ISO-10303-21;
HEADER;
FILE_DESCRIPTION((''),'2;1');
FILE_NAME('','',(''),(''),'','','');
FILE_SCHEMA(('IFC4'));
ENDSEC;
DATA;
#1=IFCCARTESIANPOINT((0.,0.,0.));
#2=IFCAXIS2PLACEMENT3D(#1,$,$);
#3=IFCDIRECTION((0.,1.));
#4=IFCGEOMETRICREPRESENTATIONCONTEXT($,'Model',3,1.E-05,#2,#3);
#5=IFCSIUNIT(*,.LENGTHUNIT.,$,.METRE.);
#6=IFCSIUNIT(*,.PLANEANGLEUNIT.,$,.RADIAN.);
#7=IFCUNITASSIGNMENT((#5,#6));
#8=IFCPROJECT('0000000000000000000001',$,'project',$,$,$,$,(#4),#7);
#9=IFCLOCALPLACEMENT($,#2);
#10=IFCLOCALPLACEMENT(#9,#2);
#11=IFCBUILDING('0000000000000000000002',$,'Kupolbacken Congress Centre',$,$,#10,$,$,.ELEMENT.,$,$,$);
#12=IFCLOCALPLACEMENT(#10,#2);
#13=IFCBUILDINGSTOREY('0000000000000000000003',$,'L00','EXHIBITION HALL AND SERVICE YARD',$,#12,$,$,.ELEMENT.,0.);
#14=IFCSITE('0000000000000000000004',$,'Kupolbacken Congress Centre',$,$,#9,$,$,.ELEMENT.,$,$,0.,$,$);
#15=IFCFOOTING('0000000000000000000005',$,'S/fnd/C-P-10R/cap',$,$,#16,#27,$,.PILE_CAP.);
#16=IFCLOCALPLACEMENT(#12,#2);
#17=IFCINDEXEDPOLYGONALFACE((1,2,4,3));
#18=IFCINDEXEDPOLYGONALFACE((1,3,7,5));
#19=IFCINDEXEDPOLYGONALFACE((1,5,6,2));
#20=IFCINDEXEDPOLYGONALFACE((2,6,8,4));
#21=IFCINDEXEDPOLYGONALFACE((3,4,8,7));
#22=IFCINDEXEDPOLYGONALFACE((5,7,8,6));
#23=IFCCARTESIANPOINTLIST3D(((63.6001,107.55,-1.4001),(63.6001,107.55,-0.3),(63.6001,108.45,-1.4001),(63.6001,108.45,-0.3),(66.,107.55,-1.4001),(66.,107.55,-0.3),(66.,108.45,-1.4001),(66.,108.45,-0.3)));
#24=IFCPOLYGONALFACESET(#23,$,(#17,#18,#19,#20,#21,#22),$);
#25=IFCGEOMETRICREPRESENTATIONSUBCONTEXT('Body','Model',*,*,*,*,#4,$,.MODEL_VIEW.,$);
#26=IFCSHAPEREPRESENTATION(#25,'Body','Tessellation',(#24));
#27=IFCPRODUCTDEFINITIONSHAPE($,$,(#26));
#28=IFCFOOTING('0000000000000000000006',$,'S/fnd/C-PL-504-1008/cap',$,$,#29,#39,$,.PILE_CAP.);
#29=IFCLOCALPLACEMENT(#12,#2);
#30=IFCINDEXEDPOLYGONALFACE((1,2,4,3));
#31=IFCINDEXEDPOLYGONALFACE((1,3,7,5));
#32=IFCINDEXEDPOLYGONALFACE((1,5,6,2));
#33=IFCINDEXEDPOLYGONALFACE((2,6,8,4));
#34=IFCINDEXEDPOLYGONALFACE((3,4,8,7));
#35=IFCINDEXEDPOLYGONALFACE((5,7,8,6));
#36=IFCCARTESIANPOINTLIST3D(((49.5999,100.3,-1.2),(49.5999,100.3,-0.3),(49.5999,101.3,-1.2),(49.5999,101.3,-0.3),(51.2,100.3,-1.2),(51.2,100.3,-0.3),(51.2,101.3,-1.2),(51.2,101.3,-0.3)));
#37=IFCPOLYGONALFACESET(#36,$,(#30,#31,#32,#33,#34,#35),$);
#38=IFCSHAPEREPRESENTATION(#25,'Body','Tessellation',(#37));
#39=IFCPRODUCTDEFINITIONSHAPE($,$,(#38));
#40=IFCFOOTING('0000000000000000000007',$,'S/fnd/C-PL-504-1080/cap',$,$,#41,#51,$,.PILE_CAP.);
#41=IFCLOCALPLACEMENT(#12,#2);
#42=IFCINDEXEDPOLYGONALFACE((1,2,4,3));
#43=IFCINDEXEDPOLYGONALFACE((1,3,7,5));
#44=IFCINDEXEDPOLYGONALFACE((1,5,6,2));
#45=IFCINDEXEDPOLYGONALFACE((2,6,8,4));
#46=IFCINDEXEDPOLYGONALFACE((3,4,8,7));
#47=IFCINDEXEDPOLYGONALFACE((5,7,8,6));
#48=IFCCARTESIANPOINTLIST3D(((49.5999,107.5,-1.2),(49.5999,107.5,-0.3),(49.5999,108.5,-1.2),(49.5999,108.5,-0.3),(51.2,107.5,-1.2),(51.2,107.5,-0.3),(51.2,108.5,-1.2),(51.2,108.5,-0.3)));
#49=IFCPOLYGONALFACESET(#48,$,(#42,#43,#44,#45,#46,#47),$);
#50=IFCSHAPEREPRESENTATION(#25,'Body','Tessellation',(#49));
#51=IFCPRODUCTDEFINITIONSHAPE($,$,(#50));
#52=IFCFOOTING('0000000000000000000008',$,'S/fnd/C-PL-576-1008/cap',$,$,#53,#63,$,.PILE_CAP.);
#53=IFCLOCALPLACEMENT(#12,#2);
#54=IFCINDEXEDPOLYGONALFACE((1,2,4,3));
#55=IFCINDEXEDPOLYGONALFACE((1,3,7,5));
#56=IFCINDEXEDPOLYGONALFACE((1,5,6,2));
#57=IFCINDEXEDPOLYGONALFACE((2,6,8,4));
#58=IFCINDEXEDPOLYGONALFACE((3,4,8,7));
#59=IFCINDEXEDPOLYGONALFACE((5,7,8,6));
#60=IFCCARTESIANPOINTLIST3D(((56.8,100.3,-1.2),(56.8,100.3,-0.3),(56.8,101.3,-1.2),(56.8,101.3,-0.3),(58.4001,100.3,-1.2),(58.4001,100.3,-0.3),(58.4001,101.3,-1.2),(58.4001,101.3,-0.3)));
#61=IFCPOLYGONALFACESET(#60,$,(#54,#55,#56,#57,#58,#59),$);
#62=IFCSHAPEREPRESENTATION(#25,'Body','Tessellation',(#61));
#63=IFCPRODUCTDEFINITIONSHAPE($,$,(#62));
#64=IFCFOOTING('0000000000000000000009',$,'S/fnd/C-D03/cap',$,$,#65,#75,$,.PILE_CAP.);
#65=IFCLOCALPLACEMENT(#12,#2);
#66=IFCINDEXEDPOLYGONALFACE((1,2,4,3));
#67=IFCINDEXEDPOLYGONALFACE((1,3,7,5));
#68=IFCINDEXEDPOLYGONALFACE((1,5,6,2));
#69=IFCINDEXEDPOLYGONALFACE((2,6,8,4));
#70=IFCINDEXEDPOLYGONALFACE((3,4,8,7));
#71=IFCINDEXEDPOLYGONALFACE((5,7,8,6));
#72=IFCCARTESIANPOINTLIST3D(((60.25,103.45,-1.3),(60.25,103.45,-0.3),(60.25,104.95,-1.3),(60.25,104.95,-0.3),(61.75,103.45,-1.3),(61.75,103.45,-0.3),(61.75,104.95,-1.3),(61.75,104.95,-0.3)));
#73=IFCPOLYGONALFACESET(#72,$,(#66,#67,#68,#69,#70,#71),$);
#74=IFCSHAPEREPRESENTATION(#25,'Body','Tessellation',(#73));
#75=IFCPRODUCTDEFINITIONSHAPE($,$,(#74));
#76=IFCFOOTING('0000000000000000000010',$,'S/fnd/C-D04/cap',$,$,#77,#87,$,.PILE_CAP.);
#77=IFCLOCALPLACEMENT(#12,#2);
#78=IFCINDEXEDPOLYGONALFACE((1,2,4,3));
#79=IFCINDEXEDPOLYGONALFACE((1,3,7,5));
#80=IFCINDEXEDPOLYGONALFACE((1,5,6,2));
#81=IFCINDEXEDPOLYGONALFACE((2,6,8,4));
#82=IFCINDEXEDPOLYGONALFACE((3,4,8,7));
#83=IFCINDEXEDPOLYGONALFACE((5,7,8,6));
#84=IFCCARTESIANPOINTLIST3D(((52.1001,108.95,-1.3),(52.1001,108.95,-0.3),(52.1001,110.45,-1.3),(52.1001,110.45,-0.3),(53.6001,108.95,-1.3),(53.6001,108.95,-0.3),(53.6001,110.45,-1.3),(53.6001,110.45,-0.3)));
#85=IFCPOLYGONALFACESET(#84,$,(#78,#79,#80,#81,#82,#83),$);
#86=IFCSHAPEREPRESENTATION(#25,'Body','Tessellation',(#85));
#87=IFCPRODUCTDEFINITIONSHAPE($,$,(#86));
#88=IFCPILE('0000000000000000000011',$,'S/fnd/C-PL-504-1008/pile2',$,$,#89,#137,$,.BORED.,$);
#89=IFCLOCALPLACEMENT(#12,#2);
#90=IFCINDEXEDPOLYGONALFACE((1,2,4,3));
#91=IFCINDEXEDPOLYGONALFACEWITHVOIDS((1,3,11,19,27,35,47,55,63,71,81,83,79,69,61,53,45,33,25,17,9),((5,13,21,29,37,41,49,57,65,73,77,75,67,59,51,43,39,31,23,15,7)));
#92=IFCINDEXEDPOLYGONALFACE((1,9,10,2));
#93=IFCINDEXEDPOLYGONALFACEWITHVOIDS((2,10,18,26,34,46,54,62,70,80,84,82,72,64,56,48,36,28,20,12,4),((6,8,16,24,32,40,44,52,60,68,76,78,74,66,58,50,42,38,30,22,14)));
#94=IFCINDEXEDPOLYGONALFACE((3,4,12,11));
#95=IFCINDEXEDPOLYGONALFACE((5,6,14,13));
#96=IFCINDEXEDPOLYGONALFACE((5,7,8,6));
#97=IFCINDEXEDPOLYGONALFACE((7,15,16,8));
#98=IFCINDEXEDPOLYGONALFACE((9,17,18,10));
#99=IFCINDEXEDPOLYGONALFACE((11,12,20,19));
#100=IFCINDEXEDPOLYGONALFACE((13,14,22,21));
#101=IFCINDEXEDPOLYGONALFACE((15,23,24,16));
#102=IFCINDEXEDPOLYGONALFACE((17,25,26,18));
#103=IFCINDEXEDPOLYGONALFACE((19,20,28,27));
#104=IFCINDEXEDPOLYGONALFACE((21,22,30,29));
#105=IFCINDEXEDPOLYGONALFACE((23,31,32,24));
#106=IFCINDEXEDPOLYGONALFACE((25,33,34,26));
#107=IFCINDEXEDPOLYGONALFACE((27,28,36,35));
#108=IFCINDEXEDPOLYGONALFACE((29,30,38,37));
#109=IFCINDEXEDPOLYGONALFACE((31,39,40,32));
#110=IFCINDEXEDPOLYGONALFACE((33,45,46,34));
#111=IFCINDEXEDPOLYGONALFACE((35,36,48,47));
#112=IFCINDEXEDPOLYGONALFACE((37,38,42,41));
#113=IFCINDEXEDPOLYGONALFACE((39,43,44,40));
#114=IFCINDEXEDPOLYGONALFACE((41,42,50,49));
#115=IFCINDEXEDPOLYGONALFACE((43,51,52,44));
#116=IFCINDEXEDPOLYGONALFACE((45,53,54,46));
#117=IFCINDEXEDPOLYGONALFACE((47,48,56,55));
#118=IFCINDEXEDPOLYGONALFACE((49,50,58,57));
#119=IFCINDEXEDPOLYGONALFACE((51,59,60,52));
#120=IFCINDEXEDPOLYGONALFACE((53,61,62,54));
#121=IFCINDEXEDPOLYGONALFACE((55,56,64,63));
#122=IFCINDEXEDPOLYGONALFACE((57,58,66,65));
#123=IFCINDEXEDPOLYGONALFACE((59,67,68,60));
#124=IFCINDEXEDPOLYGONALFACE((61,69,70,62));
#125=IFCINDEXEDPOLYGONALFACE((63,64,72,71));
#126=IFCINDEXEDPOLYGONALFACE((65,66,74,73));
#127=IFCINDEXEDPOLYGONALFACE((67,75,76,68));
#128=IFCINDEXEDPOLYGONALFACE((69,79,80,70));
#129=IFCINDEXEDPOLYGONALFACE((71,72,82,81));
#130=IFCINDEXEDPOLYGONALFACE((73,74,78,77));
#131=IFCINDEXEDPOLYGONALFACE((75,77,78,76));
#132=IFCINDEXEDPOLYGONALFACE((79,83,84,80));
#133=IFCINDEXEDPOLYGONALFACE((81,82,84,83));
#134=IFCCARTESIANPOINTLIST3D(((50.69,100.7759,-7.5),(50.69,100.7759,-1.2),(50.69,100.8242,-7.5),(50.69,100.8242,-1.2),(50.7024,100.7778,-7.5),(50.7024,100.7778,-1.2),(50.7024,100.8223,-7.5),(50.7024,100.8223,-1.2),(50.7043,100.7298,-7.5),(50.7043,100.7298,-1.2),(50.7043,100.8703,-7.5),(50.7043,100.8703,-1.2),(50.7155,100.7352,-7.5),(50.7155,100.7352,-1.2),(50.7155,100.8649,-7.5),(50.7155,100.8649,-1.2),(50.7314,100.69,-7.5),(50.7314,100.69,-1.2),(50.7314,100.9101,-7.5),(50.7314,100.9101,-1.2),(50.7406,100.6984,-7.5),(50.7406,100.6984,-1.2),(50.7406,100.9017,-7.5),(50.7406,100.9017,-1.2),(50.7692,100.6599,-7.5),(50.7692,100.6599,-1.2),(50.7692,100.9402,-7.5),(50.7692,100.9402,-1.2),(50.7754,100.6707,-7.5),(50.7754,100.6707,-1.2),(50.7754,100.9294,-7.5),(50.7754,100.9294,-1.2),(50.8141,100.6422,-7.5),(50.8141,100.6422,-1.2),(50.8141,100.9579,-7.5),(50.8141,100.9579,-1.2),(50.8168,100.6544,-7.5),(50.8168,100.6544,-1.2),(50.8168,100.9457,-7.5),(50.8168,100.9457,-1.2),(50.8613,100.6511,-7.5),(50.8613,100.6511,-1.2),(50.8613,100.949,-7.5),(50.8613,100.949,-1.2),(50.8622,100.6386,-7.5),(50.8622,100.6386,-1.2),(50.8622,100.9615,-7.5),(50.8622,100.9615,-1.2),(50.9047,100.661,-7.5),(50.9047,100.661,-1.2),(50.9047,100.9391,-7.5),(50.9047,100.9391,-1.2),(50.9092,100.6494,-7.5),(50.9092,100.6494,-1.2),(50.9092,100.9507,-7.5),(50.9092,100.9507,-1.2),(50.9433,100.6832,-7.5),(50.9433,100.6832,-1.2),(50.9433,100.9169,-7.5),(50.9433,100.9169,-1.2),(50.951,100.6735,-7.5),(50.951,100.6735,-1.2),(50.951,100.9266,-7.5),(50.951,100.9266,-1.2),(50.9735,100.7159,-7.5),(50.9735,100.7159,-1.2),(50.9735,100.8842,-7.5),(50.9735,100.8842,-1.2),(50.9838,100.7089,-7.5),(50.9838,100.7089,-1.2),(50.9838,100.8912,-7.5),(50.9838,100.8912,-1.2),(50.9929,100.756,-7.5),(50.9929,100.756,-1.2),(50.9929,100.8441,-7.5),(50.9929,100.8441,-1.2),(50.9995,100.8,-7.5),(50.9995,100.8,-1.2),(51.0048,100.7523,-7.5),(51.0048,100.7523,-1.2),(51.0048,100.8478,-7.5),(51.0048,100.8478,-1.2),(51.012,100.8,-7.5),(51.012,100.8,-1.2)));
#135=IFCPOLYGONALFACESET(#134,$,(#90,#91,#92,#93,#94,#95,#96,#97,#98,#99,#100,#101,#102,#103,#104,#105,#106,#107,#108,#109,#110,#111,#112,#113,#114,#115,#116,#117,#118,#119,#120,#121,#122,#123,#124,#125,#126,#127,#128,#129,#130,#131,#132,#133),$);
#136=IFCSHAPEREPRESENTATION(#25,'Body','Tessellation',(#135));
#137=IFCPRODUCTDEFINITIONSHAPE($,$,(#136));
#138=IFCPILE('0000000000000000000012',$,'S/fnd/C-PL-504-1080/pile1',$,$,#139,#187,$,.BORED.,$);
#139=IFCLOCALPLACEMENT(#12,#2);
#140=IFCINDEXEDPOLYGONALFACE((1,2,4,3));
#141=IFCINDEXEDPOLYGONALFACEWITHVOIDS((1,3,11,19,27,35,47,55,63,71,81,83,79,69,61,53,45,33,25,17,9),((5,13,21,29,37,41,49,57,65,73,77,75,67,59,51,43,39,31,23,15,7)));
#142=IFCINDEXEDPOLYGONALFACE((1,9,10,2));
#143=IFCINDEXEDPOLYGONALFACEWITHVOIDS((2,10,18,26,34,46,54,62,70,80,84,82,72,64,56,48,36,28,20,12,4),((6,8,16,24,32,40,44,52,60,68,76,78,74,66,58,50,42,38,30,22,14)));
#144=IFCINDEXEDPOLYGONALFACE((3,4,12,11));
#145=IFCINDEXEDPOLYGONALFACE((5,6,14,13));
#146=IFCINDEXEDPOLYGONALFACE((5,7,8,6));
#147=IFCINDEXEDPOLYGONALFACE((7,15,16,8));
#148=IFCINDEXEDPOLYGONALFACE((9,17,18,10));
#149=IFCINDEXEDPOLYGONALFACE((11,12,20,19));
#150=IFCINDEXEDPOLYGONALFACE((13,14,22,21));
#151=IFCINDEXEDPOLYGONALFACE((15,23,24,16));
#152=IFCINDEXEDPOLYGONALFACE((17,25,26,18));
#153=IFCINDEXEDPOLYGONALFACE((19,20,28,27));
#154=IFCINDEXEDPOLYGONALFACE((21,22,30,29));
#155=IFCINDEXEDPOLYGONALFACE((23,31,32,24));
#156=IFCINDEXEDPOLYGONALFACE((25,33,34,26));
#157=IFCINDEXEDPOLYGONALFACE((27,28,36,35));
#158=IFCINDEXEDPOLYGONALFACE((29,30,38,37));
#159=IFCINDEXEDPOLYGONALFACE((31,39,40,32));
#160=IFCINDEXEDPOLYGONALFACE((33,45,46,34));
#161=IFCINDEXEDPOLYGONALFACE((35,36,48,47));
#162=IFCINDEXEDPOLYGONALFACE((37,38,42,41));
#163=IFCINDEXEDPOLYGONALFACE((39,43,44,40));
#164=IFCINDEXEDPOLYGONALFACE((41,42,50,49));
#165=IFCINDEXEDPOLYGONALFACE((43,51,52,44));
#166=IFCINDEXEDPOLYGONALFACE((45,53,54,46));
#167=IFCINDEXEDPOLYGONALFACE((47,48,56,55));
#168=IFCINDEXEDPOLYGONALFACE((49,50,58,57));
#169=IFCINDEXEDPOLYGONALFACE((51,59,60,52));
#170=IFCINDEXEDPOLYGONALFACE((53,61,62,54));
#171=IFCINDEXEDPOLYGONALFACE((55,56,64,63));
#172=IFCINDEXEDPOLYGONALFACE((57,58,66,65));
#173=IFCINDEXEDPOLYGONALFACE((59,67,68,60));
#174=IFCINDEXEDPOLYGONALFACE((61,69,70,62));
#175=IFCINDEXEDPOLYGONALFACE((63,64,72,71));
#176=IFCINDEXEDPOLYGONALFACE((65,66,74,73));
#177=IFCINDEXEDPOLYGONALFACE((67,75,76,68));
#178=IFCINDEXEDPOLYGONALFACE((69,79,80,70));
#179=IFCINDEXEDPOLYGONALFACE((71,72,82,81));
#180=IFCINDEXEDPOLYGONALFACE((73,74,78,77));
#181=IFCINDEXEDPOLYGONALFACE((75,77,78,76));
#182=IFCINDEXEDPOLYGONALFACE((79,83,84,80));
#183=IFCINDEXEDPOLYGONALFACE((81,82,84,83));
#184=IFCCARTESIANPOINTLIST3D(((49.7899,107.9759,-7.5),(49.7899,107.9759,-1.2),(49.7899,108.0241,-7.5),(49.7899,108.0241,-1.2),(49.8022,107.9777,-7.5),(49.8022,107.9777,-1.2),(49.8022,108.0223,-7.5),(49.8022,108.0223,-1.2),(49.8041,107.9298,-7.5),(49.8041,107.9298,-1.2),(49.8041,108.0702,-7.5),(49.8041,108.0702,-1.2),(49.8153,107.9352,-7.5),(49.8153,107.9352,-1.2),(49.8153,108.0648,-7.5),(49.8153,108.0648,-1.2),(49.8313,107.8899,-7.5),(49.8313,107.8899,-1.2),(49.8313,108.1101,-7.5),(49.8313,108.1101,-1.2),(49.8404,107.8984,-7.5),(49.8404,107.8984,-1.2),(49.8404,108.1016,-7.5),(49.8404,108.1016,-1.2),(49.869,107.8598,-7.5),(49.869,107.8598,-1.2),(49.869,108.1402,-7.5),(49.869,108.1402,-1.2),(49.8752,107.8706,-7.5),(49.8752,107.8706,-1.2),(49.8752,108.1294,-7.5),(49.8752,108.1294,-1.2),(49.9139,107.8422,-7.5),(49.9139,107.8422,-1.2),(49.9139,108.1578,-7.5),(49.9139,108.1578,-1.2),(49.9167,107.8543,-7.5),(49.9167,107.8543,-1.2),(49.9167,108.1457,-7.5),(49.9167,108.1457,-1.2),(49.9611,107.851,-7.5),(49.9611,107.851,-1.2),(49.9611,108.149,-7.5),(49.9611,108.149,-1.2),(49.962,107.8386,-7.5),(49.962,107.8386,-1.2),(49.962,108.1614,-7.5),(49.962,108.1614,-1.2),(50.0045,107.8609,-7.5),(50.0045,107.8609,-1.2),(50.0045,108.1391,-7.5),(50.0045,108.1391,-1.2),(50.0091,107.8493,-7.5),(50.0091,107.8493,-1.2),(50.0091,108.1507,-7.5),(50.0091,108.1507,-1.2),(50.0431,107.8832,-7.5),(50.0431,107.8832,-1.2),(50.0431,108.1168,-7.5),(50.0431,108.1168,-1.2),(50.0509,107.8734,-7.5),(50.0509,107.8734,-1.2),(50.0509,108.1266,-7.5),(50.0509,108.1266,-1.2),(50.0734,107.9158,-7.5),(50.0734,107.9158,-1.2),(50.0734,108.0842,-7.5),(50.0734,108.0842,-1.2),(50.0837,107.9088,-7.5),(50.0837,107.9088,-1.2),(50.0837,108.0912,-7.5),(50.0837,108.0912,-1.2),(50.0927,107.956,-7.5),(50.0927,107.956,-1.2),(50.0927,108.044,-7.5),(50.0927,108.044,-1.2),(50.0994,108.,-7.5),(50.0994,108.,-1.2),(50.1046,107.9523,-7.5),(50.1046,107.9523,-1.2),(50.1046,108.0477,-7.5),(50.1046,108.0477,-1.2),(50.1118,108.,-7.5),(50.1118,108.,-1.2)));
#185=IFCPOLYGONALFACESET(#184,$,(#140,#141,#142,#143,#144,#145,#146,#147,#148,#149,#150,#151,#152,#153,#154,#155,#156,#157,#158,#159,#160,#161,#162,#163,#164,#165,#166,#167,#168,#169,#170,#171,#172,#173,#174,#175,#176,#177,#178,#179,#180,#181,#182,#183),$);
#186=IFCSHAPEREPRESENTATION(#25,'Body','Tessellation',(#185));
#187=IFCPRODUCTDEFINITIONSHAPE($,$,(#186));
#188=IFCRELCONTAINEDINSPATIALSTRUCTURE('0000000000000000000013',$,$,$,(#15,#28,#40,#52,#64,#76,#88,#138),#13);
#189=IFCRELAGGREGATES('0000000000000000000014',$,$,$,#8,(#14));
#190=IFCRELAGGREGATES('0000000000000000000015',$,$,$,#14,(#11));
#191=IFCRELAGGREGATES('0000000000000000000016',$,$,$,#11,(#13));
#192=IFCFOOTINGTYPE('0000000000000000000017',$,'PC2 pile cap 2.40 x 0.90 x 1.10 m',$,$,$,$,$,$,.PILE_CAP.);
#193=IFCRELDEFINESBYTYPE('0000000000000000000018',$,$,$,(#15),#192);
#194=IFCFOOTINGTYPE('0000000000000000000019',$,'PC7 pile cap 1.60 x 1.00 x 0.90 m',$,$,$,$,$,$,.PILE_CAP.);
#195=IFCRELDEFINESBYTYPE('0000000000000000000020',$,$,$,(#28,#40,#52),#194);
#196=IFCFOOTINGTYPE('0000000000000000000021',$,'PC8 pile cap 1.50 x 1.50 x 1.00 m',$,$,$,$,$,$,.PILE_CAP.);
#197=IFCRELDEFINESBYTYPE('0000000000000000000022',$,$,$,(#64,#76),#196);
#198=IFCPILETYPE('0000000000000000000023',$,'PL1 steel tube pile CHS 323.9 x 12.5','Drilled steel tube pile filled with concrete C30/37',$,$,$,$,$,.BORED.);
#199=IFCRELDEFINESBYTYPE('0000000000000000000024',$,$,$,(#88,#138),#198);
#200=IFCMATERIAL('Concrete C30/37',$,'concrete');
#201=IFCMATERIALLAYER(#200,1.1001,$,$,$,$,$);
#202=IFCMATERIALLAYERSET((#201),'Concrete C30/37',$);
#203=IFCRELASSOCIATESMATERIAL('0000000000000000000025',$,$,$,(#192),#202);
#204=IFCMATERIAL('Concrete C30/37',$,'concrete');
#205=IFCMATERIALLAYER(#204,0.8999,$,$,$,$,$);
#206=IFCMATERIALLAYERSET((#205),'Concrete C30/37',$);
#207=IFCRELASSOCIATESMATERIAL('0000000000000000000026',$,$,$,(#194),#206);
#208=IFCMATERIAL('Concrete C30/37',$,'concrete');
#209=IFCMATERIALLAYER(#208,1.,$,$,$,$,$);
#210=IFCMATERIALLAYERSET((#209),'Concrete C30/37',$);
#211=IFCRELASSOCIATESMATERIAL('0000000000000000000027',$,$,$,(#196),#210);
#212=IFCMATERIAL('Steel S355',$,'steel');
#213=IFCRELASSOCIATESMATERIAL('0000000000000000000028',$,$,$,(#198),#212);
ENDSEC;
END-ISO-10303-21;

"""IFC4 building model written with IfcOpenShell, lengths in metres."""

from ifc_helpers import new_model, si_unit, direction, frame, origin, origin_2d, place, context, subcontext, project, spatial, rectangle, hollow_circle, extrude, material, layer, layer_set, material_profile, profile_set, type_object, element, save


model = new_model("IFC4")

# Units and contexts
model_context = context("Model", 3, precision=1e-05, world=origin(), true_north=direction((0.0, 1.0)))
body_context = subcontext(model_context, "Body", "Model", "MODEL_VIEW")
ifc_project = project(units=[si_unit("LENGTHUNIT", "METRE"), si_unit("PLANEANGLEUNIT", "RADIAN")], contexts=[model_context])

# Site, building, storey
site_placement = place(None, origin())
site = spatial("IfcSite", under=ifc_project, at=site_placement, Name="Kupolbacken Congress Centre", CompositionType="ELEMENT", RefElevation=0.0)
building_placement = place(site_placement, origin())
building = spatial("IfcBuilding", under=site, at=building_placement, Name="Kupolbacken Congress Centre", CompositionType="ELEMENT")
storey_placement = place(building_placement, origin())
storey = spatial("IfcBuildingStorey", under=building, at=storey_placement, Name="L00", Description="EXHIBITION HALL AND SERVICE YARD", CompositionType="ELEMENT", Elevation=0.0)

# Footings
ifc_material_1 = material(Name="Concrete C30/37", Category="concrete")
ifc_layer_1 = layer(ifc_material_1, 1.1001)
ifc_layer_set_1 = layer_set([ifc_layer_1], Name="Concrete C30/37")
footing_type_1 = type_object("IfcFootingType", Name="PC2 pile cap 2.40 x 0.90 x 1.10 m", PredefinedType="PILE_CAP", material=ifc_layer_set_1)
footing_placement = place(storey_placement, frame((64.8, 108.0, -1.4001), z_axis=(0.0, 0.0, 1.0), x_axis=(1.0, 0.0, 0.0)))
element("IfcFooting", 1, at=footing_placement, inside=storey, type_object=footing_type_1, Name="S/fnd/C-P-10R/cap", PredefinedType="PILE_CAP", context=body_context, shape_type="SweptSolid", body=[
    extrude(rectangle(XDim=2.3999, YDim=0.8999, at=origin_2d()), origin(), (0.0, 0.0, 1.0), 1.1001),
])
ifc_material_2 = material(Name="Concrete C30/37", Category="concrete")
ifc_layer_2 = layer(ifc_material_2, 0.8999)
ifc_layer_set_2 = layer_set([ifc_layer_2], Name="Concrete C30/37")
footing_type_2 = type_object("IfcFootingType", Name="PC7 pile cap 1.60 x 1.00 x 0.90 m", PredefinedType="PILE_CAP", material=ifc_layer_set_2)
for number, where, z_axis, x_axis, name in (
    (2, (50.3999, 100.8, -1.2), (0.0, 0.0, 1.0), (1.0, 0.0, 0.0), "S/fnd/C-PL-504-1008/cap"),
    (3, (50.3999, 108.0, -1.2), (0.0, 0.0, 1.0), (1.0, 0.0, 0.0), "S/fnd/C-PL-504-1080/cap"),
    (4, (57.6001, 100.8, -1.2), (0.0, 0.0, 1.0), (1.0, 0.0, 0.0), "S/fnd/C-PL-576-1008/cap"),
):
    element("IfcFooting", number, at=place(storey_placement, frame(where, z_axis=z_axis, x_axis=x_axis)), inside=storey, type_object=footing_type_2, Name=name, PredefinedType="PILE_CAP", context=body_context, shape_type="SweptSolid", body=[
        extrude(rectangle(XDim=1.6001, YDim=1.0, at=origin_2d()), origin(), (0.0, 0.0, 1.0), 0.8999),
    ])
ifc_material_3 = material(Name="Concrete C30/37", Category="concrete")
ifc_layer_3 = layer(ifc_material_3, 1.0)
ifc_layer_set_3 = layer_set([ifc_layer_3], Name="Concrete C30/37")
footing_type_3 = type_object("IfcFootingType", Name="PC8 pile cap 1.50 x 1.50 x 1.00 m", PredefinedType="PILE_CAP", material=ifc_layer_set_3)
for number, where, z_axis, x_axis, name in (
    (5, (61.0, 104.2, -1.3), (0.0, 0.0, 1.0), (1.0, 0.0, 0.0), "S/fnd/C-D03/cap"),
    (6, (52.8501, 109.7, -1.3), (0.0, 0.0, 1.0), (1.0, 0.0, 0.0), "S/fnd/C-D04/cap"),
):
    element("IfcFooting", number, at=place(storey_placement, frame(where, z_axis=z_axis, x_axis=x_axis)), inside=storey, type_object=footing_type_3, Name=name, PredefinedType="PILE_CAP", context=body_context, shape_type="SweptSolid", body=[
        extrude(rectangle(XDim=1.5, YDim=1.5, at=origin_2d()), origin(), (0.0, 0.0, 1.0), 1.0),
    ])

# Piles
ifc_material_4 = material(Name="Steel S355", Category="steel")
ifc_material_profile_1 = material_profile(ifc_material_4, hollow_circle(Radius=0.1619, WallThickness=0.0125, at=origin_2d()), Name="CHS 323.9 x 12.5")
ifc_profile_set_1 = profile_set([ifc_material_profile_1], Name="Steel S355")
pile_type_1 = type_object("IfcPileType", Name="PL1 steel tube pile CHS 323.9 x 12.5", Description="Drilled steel tube pile filled with concrete C30/37", PredefinedType="BORED", material=ifc_profile_set_1)
for number, where, z_axis, x_axis, name in (
    (7, (50.8501, 100.8, -1.2), (0.0, 0.0, -1.0), (1.0, 0.0, 0.0), "S/fnd/C-PL-504-1008/pile2"),
    (8, (49.95, 108.0, -1.2), (0.0, 0.0, -1.0), (1.0, 0.0, 0.0), "S/fnd/C-PL-504-1080/pile1"),
):
    element("IfcPile", number, at=place(storey_placement, frame(where, z_axis=z_axis, x_axis=x_axis)), inside=storey, type_object=pile_type_1, Name=name, PredefinedType="BORED", context=body_context, shape_type="SweptSolid", body=[
        extrude(hollow_circle(Radius=0.1619, WallThickness=0.0125, at=origin_2d()), origin(), (0.0, 0.0, 1.0), 6.3),
    ])

save(model, "model.ifc")
